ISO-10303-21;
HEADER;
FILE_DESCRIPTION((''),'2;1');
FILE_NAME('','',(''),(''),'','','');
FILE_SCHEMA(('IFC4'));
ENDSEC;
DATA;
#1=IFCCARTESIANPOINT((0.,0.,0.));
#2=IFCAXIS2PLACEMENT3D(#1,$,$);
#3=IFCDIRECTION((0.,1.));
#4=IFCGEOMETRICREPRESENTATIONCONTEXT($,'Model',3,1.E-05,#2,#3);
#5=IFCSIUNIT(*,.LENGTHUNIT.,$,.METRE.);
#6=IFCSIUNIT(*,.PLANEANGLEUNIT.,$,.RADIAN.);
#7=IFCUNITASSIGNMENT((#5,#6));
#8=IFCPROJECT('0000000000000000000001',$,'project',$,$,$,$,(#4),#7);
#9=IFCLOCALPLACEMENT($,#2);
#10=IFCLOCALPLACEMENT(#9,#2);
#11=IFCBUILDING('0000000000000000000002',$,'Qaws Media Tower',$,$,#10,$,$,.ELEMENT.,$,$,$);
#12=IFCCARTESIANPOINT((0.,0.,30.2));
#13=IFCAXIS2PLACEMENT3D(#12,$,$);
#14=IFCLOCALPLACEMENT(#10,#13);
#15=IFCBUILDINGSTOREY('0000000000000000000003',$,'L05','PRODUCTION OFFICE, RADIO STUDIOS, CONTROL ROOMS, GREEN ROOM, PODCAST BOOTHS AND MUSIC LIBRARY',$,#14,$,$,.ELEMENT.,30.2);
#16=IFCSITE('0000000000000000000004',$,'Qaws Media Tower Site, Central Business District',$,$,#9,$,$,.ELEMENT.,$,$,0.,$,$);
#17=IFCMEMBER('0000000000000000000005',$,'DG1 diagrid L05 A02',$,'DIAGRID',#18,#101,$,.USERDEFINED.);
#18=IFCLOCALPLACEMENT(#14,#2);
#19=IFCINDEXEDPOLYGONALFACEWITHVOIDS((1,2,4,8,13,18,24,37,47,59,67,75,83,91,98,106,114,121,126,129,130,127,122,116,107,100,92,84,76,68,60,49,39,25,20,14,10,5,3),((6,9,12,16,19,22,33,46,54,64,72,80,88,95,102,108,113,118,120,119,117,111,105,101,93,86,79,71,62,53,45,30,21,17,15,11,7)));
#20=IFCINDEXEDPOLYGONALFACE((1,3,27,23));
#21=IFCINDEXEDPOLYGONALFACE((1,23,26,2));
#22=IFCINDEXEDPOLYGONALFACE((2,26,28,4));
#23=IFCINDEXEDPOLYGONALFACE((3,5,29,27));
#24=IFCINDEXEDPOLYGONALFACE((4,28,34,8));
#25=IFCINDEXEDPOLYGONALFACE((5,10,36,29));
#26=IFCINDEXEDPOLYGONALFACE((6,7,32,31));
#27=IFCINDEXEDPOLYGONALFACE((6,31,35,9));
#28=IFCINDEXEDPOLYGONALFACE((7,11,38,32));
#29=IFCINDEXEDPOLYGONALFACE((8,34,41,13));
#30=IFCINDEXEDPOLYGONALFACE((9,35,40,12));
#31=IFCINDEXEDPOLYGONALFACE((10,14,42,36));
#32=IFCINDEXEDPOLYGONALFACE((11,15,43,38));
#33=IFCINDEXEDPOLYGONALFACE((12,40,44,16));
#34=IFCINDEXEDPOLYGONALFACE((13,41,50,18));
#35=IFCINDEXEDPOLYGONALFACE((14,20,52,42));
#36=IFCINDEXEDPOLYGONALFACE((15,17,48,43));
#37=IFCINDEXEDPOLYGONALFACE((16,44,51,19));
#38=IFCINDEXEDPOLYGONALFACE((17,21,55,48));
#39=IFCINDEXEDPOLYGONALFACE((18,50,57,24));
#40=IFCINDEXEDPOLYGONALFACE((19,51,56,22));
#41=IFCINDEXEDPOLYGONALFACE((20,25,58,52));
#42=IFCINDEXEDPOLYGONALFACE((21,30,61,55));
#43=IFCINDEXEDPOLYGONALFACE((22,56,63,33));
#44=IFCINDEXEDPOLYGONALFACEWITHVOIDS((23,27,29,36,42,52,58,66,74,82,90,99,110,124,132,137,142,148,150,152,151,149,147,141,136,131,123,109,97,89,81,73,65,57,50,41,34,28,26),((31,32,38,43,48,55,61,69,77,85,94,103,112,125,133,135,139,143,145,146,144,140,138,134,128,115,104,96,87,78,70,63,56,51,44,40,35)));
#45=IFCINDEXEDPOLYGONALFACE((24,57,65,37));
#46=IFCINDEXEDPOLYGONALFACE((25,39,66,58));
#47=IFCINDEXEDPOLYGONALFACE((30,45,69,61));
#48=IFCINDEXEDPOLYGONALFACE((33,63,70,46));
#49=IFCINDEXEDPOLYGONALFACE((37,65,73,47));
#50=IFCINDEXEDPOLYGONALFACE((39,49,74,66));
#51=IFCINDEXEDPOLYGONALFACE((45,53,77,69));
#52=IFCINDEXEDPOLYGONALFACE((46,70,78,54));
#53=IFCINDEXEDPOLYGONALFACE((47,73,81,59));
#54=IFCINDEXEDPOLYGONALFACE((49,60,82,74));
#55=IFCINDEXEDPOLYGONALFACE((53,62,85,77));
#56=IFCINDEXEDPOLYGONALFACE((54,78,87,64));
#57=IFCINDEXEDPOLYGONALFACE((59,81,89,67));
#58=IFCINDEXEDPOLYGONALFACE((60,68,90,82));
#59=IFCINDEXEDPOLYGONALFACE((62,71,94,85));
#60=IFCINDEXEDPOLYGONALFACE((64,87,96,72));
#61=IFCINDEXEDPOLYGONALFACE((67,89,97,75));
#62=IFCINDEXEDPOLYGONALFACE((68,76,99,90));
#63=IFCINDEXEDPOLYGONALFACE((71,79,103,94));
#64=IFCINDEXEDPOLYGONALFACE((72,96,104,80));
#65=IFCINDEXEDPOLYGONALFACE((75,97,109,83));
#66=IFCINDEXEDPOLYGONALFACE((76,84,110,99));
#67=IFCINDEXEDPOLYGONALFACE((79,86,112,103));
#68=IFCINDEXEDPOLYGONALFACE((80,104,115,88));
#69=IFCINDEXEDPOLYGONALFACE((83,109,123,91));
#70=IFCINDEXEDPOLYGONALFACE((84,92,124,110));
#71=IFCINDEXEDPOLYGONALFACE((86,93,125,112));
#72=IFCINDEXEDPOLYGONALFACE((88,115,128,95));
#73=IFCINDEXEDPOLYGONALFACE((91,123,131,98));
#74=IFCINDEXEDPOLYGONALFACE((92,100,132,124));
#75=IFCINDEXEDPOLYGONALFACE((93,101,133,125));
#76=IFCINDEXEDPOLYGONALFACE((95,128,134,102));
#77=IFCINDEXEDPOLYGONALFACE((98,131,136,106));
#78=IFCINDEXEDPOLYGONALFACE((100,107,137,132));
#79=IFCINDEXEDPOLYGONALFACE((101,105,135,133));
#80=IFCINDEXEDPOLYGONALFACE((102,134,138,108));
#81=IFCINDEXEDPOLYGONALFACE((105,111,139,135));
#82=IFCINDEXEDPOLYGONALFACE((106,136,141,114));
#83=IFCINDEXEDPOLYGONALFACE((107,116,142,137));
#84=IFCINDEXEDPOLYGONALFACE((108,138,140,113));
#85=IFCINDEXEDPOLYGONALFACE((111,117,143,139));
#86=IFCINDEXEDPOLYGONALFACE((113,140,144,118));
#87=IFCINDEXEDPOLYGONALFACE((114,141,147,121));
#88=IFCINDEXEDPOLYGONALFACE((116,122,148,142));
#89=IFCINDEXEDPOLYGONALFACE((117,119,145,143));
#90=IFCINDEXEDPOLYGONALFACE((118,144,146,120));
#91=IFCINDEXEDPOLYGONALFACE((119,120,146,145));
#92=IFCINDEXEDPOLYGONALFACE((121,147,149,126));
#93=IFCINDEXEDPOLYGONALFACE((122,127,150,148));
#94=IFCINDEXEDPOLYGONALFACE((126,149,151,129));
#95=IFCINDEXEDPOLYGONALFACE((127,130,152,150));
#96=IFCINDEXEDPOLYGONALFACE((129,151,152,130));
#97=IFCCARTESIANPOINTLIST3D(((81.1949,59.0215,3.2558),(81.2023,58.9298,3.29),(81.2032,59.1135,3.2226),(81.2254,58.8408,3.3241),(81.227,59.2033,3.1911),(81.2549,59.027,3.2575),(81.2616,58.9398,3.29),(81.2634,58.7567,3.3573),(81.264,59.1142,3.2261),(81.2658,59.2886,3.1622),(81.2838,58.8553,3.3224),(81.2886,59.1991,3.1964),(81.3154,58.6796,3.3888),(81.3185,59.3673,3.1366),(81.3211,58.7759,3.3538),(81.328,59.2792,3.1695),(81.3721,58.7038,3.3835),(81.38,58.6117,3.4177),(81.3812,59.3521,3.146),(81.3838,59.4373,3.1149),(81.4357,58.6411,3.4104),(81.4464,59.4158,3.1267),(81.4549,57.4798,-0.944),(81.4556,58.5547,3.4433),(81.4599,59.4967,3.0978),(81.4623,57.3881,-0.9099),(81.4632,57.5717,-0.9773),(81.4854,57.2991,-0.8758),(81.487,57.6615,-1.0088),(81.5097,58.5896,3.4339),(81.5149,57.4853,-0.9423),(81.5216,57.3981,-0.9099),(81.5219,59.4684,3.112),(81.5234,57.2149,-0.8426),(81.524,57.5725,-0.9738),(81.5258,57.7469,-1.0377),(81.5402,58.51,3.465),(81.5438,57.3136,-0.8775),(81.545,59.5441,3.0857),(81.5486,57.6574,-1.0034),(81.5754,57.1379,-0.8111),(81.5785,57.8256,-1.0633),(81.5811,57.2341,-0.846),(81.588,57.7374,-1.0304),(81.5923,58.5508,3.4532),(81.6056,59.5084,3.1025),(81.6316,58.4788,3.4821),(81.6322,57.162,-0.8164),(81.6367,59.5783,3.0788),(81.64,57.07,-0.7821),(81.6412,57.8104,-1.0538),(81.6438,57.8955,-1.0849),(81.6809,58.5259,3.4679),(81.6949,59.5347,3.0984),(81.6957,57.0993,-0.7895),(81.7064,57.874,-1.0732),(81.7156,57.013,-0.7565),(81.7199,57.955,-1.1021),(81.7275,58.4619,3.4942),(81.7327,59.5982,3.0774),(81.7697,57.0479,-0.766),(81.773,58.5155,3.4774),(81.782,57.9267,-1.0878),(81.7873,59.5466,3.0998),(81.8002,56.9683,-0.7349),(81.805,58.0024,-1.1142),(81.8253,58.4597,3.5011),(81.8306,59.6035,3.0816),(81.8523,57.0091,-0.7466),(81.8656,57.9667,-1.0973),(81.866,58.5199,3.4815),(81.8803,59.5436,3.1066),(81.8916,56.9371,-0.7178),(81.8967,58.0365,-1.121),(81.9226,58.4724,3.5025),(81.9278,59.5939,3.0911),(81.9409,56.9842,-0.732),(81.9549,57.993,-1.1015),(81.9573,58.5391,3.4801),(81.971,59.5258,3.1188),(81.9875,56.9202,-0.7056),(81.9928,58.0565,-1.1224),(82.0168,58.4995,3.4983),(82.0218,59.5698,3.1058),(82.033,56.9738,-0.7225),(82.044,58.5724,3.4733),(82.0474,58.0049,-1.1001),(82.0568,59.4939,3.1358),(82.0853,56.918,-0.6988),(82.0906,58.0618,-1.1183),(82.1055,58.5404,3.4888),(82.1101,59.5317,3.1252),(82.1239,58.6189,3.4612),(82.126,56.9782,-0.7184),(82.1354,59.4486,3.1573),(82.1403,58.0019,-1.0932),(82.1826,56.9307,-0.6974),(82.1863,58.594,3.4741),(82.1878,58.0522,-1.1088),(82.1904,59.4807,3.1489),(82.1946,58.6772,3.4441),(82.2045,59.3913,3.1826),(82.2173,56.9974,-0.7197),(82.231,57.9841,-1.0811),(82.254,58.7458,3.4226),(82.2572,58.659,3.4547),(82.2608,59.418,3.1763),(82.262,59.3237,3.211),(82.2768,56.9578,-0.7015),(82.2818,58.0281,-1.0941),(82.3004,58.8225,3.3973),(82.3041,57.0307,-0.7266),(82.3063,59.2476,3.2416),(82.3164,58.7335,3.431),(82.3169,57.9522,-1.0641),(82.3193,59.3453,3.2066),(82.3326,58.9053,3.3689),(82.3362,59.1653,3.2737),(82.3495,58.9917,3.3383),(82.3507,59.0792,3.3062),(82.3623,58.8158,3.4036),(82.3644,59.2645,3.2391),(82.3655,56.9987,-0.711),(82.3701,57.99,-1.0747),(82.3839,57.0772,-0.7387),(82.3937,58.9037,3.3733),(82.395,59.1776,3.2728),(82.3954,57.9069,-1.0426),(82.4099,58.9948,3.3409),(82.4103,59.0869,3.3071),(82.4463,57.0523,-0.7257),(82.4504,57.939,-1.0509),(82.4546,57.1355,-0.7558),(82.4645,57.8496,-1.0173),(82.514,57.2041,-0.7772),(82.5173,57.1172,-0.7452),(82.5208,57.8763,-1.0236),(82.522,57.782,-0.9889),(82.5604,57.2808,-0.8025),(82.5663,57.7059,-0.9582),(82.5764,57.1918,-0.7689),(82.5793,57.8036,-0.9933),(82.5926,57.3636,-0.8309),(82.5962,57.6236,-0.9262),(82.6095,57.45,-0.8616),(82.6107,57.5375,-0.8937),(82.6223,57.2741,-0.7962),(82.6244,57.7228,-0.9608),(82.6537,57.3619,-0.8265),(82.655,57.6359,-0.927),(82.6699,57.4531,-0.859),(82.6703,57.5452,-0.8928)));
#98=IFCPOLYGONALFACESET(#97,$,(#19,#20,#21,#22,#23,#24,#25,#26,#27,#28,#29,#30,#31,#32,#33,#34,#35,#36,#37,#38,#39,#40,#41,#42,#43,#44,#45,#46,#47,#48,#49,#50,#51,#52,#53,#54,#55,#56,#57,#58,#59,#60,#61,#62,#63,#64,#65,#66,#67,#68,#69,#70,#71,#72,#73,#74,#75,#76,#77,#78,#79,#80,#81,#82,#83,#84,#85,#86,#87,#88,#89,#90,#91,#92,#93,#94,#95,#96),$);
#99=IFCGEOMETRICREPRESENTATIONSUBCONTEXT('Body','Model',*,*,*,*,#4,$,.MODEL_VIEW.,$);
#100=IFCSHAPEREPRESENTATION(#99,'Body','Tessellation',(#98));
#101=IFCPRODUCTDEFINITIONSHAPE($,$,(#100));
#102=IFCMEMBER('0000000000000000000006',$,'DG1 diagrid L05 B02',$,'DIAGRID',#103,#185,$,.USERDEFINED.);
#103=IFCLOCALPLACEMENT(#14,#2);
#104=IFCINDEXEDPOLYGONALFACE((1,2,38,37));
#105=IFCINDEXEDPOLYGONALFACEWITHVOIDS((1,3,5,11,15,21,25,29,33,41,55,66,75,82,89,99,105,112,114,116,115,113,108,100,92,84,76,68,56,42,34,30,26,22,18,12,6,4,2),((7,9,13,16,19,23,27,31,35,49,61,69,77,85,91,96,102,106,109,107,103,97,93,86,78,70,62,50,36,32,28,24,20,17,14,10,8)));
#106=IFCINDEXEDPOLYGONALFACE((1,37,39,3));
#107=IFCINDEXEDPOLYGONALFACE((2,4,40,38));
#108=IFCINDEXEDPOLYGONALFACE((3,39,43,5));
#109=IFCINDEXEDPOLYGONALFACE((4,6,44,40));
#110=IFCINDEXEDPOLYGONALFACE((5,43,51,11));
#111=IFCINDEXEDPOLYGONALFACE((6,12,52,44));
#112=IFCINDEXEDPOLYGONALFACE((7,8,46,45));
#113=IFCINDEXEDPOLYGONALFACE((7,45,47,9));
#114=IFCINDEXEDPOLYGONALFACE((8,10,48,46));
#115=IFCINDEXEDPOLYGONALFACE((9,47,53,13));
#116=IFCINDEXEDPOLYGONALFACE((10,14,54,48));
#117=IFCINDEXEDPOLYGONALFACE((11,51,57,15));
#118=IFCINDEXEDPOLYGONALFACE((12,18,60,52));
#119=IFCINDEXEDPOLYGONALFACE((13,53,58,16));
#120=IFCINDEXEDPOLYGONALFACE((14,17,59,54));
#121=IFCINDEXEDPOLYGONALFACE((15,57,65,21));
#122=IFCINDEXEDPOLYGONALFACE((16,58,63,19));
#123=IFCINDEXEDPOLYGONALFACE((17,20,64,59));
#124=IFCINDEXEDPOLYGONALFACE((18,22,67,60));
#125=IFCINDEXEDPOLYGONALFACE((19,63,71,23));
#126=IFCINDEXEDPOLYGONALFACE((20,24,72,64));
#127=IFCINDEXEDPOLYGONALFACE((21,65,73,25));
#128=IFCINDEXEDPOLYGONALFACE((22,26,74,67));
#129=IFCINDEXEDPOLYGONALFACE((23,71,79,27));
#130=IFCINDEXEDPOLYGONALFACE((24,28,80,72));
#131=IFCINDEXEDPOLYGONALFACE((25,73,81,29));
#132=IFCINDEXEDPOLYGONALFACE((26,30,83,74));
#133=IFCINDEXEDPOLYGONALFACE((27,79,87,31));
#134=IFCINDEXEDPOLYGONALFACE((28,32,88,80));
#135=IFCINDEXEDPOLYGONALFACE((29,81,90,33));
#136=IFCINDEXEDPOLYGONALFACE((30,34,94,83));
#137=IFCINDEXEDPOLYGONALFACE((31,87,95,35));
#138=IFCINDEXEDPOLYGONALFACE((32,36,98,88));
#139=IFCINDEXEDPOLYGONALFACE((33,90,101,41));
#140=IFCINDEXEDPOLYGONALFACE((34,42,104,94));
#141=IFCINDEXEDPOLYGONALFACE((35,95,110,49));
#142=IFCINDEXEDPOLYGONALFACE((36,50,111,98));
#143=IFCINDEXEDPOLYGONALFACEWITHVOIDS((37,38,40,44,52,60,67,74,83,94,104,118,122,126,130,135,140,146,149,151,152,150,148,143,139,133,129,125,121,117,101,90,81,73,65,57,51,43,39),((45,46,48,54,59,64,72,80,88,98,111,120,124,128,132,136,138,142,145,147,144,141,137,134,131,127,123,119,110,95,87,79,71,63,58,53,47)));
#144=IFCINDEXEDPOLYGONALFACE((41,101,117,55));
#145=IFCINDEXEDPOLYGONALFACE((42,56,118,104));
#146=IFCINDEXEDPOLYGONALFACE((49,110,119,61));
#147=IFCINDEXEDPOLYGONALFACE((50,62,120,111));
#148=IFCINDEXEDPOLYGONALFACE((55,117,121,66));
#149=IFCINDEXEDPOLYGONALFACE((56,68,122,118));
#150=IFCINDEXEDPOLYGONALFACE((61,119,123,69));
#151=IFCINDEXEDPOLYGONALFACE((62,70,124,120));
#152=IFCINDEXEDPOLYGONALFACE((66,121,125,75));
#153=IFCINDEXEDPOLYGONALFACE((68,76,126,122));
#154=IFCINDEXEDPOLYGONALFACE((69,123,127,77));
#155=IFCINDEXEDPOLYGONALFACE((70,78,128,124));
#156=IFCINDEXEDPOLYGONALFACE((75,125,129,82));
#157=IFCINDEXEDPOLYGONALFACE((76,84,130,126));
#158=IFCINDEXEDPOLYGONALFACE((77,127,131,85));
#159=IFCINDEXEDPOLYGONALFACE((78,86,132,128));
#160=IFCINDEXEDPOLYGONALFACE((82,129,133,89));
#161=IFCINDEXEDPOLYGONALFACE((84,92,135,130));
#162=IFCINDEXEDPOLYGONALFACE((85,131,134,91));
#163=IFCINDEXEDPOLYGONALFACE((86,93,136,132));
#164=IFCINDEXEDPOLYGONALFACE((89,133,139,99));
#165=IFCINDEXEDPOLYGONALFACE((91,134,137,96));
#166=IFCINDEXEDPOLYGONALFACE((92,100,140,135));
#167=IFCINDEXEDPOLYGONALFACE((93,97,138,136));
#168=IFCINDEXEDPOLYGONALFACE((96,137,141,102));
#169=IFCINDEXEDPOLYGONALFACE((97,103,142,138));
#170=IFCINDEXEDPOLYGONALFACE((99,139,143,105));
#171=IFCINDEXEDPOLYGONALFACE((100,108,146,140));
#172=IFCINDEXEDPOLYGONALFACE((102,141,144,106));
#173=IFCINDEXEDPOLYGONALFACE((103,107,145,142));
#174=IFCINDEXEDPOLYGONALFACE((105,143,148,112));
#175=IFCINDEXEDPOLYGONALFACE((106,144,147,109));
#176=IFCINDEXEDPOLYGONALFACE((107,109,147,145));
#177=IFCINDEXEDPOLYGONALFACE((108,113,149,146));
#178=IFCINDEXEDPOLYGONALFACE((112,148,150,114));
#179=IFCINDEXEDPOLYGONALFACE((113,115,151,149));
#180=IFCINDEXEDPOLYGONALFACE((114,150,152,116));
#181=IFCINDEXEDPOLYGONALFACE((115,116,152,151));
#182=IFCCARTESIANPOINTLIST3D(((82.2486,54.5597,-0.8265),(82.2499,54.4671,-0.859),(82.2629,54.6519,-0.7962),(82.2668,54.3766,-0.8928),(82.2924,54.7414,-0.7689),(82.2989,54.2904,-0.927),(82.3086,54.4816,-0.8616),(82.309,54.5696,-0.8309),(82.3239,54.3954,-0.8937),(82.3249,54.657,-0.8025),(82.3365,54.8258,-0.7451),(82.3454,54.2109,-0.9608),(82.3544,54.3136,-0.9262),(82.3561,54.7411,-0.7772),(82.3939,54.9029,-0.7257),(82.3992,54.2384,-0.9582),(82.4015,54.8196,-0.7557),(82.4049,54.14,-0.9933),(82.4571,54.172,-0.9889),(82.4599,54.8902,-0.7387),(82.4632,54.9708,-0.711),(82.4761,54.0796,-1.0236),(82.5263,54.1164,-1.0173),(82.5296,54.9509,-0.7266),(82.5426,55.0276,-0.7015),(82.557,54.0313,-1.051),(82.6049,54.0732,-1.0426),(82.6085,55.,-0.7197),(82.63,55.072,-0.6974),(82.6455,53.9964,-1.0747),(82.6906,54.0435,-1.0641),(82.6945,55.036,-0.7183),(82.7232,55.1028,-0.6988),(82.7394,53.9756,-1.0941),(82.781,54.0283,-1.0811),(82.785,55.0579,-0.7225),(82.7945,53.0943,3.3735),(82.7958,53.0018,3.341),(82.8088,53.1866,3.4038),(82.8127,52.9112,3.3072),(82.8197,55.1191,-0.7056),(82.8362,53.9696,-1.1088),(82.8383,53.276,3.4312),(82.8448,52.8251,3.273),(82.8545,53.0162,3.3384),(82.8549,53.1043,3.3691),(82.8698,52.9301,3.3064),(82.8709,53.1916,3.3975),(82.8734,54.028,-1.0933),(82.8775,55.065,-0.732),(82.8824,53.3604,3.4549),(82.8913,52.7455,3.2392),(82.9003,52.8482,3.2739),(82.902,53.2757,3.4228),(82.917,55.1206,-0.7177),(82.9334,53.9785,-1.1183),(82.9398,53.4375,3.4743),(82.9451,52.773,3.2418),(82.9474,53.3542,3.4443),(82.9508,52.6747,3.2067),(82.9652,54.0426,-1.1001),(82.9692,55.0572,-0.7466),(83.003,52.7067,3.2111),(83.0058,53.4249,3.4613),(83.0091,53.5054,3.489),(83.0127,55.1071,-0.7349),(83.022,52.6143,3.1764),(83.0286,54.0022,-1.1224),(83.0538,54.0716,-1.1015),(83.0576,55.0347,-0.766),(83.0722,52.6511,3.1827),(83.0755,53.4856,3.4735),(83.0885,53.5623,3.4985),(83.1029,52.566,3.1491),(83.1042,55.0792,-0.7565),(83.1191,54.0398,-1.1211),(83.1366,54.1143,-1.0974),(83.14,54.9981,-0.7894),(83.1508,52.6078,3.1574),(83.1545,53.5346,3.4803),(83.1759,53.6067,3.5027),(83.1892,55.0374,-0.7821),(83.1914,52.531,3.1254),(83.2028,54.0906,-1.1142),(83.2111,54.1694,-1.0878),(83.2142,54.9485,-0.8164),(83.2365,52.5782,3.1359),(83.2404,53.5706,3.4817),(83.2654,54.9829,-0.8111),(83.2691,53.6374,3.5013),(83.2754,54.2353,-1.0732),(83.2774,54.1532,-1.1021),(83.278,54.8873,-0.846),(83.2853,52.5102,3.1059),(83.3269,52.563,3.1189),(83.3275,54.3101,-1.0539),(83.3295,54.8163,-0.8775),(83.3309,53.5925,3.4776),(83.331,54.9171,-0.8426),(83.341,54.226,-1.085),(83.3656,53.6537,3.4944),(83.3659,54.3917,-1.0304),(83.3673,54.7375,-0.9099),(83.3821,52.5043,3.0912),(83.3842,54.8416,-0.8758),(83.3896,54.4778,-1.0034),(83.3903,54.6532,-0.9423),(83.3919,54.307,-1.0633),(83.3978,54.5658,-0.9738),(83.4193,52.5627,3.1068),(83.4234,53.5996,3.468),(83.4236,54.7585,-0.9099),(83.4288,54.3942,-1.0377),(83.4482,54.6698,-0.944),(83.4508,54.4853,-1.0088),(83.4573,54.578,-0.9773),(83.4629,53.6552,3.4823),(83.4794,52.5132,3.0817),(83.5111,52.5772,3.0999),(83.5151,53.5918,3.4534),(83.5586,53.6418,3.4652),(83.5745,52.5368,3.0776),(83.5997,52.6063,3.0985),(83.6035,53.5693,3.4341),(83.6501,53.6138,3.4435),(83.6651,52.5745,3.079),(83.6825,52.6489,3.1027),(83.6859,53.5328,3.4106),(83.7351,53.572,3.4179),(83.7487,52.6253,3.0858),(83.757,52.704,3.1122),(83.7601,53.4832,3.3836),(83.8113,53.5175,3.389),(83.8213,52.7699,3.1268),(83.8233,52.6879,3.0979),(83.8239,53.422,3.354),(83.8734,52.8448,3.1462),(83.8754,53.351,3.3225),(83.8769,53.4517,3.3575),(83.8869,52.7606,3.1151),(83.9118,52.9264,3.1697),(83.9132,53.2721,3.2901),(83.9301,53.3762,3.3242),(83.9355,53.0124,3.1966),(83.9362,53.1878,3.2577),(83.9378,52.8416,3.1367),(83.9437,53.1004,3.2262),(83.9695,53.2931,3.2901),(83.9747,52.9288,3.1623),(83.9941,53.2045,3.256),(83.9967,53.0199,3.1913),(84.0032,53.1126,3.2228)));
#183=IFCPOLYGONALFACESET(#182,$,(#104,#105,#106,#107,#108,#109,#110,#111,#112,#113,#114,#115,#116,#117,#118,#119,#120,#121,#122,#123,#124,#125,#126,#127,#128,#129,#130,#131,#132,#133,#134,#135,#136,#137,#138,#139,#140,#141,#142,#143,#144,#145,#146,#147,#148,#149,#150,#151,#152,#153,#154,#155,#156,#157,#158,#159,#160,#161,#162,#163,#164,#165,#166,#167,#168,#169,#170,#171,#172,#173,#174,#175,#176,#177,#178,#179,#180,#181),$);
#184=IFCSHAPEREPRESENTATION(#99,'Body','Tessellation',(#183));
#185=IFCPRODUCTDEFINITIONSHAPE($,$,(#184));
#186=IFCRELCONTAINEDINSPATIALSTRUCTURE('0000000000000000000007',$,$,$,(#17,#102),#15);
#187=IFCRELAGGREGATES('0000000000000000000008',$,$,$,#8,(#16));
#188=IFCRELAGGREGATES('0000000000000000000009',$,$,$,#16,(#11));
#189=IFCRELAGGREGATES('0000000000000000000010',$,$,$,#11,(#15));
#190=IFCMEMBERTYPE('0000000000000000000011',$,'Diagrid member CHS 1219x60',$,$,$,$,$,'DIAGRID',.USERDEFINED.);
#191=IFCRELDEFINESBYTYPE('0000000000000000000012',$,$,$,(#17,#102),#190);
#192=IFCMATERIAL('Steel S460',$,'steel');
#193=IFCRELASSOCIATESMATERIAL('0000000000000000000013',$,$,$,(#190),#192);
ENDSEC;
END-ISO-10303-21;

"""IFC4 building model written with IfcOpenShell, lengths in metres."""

from ifc_helpers import new_model, si_unit, direction, frame, origin, origin_2d, place, context, subcontext, project, spatial, hollow_circle, extrude, material, material_profile, profile_set, type_object, element, save


model = new_model("IFC4")

# Units and contexts
model_context = context("Model", 3, precision=1e-05, world=origin(), true_north=direction((0.0, 1.0)))
body_context = subcontext(model_context, "Body", "Model", "MODEL_VIEW")
ifc_project = project(units=[si_unit("LENGTHUNIT", "METRE"), si_unit("PLANEANGLEUNIT", "RADIAN")], contexts=[model_context])

# Site, building, storey
site_placement = place(None, origin())
site = spatial("IfcSite", under=ifc_project, at=site_placement, Name="Qaws Media Tower Site, Central Business District", CompositionType="ELEMENT", RefElevation=0.0)
building_placement = place(site_placement, origin())
building = spatial("IfcBuilding", under=site, at=building_placement, Name="Qaws Media Tower", CompositionType="ELEMENT")
storey_placement = place(building_placement, frame((0.0, 0.0, 30.2)))
storey = spatial("IfcBuildingStorey", under=building, at=storey_placement, Name="L05", Description="PRODUCTION OFFICE, RADIO STUDIOS, CONTROL ROOMS, GREEN ROOM, PODCAST BOOTHS AND MUSIC LIBRARY", CompositionType="ELEMENT", Elevation=30.2)

# Members
ifc_material_1 = material(Name="Steel S460", Category="steel")
ifc_material_profile_1 = material_profile(ifc_material_1, hollow_circle(Radius=0.6096, WallThickness=0.0601, at=origin_2d()), Name="CHS 1219x60")
ifc_profile_set_1 = profile_set([ifc_material_profile_1], Name="Steel S460")
member_type_1 = type_object("IfcMemberType", Name="Diagrid member CHS 1219x60", ElementType="DIAGRID", PredefinedType="USERDEFINED", material=ifc_profile_set_1)
for number, where, z_axis, x_axis, name in (
    (1, (82.0635, 57.4895, -0.9099), (-0.058018, 0.344022, 0.937167), (-0.986076, -0.166298, 0.0), "DG1 diagrid L05 A02"),
):
    element("IfcMember", number, at=place(storey_placement, frame(where, z_axis=z_axis, x_axis=x_axis)), inside=storey, type_object=member_type_1, Name=name, ObjectType="DIAGRID", PredefinedType="USERDEFINED", context=body_context, shape_type="SweptSolid", body=[
        extrude(hollow_circle(Radius=0.6096, WallThickness=0.0601, at=origin_2d()), origin(), (0.0, 0.0, 1.0), 4.4814),
    ])
member_1_placement = place(storey_placement, frame((82.8523, 54.5457, -0.9099), z_axis=(0.121809, -0.326966, 0.937153), x_axis=(0.937084, 0.349104, 0.0)))
element("IfcMember", 2, at=member_1_placement, inside=storey, type_object=member_type_1, Name="DG1 diagrid L05 B02", ObjectType="DIAGRID", PredefinedType="USERDEFINED", context=body_context, shape_type="SweptSolid", body=[
    extrude(hollow_circle(Radius=0.6096, WallThickness=0.0601, at=origin_2d()), origin(), (0.0, 0.0, 1.0), 4.4817),
])

save(model, "model.ifc")
